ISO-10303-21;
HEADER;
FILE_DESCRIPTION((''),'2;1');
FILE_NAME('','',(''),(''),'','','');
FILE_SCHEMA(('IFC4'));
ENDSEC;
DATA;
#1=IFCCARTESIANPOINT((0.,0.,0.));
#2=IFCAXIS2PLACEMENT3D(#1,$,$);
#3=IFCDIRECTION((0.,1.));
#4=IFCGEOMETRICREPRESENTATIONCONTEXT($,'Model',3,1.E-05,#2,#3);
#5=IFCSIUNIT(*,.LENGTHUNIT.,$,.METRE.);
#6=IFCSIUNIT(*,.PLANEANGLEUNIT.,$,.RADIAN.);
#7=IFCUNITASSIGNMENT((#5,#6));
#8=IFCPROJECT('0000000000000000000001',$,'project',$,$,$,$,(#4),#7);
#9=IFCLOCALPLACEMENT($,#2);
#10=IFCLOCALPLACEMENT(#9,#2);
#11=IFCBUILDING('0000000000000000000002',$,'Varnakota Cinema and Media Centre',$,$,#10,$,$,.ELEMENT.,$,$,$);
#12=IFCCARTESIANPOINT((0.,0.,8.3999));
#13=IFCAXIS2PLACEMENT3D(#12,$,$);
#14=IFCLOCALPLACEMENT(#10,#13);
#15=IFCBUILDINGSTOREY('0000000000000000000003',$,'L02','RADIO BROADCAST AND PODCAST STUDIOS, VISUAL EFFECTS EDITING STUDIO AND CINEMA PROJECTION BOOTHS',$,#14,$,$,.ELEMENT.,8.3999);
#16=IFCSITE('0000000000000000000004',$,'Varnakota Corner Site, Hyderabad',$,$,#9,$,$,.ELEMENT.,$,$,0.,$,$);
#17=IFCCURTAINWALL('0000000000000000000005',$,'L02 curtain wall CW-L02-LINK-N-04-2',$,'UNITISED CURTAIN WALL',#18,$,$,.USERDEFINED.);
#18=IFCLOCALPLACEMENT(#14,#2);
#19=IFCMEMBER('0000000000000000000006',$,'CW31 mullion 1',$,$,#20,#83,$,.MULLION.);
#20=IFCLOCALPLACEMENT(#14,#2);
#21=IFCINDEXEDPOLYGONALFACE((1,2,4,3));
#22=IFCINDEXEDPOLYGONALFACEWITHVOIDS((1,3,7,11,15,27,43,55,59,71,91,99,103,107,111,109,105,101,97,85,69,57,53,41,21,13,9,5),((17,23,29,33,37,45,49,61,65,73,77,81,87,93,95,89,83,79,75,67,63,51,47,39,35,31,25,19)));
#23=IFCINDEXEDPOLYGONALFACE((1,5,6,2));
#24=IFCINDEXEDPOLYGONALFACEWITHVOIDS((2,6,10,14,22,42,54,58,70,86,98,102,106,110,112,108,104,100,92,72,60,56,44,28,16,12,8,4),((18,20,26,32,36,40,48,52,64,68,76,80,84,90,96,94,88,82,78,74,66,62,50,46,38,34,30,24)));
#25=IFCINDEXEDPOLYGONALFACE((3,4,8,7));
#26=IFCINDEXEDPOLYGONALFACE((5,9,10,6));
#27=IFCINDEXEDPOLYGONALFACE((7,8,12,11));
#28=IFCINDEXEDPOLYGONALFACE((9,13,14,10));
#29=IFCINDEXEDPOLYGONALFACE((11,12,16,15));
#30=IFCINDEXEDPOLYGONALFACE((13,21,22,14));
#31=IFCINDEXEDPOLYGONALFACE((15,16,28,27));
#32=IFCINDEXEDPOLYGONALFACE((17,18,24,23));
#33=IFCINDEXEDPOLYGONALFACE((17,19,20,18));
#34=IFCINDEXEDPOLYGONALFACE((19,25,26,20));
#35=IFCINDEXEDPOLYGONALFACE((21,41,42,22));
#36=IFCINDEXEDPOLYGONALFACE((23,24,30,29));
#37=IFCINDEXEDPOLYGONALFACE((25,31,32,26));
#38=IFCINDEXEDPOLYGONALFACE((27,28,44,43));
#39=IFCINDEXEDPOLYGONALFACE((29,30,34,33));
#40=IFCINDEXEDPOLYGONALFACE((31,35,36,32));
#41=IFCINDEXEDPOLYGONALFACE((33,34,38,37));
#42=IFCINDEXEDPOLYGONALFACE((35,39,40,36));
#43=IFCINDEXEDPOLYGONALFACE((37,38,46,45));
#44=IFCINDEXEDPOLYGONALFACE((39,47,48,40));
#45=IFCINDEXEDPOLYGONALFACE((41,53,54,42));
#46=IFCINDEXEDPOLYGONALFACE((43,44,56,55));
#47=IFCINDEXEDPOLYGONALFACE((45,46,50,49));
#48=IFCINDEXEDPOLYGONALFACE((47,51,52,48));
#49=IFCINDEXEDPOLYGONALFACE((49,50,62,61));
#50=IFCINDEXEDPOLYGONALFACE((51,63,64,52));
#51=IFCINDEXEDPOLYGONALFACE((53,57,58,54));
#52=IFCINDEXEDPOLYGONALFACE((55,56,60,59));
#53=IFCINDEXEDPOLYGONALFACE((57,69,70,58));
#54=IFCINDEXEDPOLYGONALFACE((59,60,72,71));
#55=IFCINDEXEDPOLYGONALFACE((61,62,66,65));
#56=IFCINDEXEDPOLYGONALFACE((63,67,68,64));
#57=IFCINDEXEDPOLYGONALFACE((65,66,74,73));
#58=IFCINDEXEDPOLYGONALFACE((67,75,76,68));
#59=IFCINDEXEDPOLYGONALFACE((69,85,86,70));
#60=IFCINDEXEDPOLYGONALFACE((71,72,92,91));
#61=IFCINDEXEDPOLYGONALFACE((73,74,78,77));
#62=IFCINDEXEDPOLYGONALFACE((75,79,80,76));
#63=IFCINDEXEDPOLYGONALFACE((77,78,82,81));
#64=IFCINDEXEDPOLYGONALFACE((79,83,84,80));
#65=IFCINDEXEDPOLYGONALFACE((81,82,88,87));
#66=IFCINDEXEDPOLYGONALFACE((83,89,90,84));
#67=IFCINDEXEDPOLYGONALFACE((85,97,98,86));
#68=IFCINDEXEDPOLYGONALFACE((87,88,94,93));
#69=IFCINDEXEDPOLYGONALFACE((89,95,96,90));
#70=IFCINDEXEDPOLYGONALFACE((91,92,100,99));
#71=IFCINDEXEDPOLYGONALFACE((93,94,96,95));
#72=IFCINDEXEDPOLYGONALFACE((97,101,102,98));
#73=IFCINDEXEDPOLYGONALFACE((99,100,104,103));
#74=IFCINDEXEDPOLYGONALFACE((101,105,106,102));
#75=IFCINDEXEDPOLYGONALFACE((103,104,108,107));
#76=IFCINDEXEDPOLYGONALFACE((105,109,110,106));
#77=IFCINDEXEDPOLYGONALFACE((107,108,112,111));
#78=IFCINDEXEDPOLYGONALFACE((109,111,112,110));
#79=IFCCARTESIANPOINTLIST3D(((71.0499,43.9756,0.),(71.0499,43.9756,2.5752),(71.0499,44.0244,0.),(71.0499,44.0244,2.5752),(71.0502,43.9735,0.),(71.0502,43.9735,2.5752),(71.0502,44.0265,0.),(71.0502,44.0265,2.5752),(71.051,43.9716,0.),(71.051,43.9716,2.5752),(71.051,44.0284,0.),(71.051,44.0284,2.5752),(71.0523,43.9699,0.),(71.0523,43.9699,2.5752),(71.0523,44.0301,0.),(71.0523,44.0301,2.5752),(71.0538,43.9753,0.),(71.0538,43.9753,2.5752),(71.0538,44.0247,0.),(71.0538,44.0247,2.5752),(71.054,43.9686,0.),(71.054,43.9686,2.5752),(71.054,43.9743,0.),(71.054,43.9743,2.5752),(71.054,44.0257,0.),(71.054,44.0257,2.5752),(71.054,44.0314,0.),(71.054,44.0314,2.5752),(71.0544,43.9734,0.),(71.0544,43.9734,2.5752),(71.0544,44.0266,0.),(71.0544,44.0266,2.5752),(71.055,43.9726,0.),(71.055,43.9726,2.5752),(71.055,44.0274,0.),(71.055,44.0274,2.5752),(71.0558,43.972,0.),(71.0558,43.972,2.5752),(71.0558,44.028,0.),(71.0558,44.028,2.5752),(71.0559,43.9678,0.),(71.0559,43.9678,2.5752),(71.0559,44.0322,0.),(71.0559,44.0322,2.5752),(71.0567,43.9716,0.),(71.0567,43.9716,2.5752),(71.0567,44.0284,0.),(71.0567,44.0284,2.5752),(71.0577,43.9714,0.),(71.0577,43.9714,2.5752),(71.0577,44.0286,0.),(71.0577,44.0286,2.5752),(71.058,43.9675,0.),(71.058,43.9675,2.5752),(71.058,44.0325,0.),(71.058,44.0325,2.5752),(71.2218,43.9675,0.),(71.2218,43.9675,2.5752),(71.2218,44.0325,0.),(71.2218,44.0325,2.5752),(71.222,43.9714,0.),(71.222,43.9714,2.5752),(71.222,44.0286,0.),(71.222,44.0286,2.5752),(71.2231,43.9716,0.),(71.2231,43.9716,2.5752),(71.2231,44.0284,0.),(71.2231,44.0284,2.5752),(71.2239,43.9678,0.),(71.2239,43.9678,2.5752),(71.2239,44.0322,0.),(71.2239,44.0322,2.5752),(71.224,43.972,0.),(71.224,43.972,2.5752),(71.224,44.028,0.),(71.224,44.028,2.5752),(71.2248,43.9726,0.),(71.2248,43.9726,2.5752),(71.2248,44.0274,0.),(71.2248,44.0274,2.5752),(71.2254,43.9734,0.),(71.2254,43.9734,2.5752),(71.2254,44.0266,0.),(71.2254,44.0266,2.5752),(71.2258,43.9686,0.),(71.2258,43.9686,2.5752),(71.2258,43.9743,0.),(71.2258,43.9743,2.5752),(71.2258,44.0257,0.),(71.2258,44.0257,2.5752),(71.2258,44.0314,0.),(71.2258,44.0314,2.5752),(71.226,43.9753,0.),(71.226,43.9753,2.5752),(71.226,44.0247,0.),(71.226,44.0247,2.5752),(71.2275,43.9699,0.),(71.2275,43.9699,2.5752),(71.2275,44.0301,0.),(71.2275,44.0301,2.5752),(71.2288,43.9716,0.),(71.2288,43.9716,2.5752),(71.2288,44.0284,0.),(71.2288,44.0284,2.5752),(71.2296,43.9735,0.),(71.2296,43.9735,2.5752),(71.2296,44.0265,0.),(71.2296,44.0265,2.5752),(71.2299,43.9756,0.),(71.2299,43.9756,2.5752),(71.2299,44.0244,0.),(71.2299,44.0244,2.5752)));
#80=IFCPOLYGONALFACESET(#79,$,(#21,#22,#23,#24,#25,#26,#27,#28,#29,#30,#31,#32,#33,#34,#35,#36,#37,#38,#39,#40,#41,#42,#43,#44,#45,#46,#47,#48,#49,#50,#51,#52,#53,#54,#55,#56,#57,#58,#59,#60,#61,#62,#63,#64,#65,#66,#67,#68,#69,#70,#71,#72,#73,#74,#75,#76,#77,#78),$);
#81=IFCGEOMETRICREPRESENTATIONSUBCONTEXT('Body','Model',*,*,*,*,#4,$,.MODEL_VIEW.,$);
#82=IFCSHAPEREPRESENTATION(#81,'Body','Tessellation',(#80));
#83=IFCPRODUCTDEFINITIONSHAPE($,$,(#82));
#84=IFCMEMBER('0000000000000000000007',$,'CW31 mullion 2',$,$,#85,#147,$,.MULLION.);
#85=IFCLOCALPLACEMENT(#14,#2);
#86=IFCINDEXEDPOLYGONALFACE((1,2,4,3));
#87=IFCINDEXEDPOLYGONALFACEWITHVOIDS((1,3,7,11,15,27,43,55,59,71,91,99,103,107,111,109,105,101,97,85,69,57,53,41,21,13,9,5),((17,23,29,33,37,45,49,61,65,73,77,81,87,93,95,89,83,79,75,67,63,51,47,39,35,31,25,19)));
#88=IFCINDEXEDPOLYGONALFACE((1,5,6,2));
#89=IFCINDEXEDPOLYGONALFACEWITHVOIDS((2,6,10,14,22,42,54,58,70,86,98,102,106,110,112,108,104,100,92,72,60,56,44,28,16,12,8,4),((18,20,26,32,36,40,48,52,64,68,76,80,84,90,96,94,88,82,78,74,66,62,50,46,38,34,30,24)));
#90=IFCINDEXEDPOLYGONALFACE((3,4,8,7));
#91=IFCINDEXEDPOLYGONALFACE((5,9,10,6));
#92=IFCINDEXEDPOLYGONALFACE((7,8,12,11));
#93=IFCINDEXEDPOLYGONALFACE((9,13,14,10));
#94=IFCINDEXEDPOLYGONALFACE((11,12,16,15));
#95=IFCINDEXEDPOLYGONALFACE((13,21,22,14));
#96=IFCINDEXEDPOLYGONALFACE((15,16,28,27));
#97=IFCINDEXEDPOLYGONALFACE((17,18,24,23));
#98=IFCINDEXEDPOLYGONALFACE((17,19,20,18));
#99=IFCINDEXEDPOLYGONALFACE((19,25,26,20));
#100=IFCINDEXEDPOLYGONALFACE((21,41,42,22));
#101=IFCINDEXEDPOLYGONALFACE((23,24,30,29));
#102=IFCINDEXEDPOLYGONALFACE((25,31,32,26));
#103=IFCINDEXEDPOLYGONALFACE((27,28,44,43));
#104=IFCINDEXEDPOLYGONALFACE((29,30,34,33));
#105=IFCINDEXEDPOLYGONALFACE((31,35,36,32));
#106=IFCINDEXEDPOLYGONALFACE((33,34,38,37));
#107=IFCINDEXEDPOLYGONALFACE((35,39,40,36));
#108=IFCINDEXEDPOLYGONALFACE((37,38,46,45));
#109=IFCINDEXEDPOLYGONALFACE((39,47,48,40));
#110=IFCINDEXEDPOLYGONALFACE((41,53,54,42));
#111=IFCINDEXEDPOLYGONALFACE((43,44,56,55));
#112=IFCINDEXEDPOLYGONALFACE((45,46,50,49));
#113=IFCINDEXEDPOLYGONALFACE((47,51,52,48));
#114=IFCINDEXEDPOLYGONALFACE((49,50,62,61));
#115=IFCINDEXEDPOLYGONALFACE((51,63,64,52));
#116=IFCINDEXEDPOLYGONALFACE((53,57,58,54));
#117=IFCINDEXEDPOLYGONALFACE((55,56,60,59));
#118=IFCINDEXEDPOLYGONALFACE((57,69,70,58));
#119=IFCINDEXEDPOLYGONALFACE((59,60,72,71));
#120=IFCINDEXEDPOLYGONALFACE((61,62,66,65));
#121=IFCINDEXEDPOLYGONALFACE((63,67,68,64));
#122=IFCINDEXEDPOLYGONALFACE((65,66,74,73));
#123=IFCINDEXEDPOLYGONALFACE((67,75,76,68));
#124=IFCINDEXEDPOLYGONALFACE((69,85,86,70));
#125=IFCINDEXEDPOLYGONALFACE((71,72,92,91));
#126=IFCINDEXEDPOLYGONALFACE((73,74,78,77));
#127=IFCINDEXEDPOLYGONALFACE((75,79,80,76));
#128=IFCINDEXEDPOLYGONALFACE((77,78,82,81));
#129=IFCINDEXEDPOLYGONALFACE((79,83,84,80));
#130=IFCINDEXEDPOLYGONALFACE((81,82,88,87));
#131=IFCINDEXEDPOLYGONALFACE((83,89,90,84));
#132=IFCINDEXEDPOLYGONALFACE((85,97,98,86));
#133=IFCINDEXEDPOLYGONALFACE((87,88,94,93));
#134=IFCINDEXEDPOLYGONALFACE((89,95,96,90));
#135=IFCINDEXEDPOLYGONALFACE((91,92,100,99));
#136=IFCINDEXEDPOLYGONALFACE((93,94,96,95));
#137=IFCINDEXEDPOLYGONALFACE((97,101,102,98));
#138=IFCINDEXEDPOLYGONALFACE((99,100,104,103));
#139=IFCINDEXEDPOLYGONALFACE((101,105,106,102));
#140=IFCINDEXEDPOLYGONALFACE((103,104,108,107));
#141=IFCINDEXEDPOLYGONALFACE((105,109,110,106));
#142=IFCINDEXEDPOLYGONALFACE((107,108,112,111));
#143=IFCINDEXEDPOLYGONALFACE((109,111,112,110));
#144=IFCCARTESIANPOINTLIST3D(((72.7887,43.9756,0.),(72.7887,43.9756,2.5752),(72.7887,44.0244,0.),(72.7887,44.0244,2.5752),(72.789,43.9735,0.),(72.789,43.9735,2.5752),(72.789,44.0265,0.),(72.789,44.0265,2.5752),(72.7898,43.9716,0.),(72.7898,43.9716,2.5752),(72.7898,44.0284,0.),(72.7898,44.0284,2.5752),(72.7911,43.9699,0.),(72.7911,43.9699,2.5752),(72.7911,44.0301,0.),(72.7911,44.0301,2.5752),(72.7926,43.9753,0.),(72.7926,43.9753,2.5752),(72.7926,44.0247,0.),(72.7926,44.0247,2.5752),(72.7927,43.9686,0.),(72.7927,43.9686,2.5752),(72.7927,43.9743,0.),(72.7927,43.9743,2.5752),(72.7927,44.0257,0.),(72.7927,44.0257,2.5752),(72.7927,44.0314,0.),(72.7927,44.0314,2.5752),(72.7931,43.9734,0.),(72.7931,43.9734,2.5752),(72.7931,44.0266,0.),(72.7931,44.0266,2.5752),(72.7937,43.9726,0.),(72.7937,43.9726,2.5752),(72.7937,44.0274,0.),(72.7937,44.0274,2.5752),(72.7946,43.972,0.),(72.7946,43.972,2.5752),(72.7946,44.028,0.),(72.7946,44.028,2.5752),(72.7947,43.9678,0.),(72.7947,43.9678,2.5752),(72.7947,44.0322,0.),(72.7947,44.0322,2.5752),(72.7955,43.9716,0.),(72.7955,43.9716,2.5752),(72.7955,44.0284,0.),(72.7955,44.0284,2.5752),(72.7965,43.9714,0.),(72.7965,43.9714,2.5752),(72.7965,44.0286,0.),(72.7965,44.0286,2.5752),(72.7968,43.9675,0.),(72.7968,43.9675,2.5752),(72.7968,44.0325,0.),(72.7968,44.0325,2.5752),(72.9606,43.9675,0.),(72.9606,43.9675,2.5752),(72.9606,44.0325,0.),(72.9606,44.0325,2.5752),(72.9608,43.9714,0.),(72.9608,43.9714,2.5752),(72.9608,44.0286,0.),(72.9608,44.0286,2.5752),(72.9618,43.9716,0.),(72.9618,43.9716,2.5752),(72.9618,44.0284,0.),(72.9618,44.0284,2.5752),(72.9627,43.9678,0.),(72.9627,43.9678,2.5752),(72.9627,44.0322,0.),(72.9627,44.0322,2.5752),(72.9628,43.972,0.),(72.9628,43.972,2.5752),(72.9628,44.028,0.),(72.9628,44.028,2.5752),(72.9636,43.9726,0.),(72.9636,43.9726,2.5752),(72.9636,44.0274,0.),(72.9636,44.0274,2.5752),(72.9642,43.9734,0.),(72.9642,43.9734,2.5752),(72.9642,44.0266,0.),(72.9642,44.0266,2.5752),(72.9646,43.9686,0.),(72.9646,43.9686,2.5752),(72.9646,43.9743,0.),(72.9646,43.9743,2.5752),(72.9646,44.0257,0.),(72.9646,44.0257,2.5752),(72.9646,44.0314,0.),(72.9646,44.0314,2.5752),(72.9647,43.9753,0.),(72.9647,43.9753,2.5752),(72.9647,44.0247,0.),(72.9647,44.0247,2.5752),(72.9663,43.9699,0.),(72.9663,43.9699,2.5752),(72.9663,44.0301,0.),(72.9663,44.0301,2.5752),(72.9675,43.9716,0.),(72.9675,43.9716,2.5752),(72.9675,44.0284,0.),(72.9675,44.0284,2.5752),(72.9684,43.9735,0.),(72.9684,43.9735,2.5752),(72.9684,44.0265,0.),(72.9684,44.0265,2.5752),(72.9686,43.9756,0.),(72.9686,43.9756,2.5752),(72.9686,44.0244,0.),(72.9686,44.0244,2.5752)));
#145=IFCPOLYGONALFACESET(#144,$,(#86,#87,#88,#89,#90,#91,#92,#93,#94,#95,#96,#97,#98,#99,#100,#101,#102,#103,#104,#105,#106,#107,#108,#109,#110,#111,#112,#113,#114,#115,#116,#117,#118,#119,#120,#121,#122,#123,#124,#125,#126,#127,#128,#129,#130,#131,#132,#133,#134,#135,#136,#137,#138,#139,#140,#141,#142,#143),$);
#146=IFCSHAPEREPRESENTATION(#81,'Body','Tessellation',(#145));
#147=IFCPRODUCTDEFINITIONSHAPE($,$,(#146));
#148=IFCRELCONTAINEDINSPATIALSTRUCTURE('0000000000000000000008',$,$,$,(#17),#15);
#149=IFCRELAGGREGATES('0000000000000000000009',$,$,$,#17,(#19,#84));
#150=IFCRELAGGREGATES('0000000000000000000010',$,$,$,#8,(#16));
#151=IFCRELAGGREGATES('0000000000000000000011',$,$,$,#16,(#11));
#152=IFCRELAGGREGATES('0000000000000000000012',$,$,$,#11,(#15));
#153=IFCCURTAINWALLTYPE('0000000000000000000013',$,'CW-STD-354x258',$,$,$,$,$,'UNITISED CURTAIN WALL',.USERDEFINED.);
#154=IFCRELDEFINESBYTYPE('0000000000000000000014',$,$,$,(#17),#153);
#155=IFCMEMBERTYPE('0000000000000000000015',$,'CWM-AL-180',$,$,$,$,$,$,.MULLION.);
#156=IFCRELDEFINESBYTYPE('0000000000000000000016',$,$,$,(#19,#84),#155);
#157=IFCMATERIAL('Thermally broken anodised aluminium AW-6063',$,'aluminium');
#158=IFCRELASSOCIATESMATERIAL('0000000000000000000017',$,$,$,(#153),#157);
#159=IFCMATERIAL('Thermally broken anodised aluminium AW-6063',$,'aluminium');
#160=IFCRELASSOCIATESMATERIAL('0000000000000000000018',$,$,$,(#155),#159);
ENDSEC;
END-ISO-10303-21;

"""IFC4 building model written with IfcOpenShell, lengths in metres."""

from ifc_helpers import new_model, si_unit, direction, frame, origin, origin_2d, place, context, subcontext, project, spatial, hollow_rectangle, extrude, material, material_profile, profile_set, type_object, element, aggregate, save


model = new_model("IFC4")

# Units and contexts
model_context = context("Model", 3, precision=1e-05, world=origin(), true_north=direction((0.0, 1.0)))
body_context = subcontext(model_context, "Body", "Model", "MODEL_VIEW")
ifc_project = project(units=[si_unit("LENGTHUNIT", "METRE"), si_unit("PLANEANGLEUNIT", "RADIAN")], contexts=[model_context])

# Site, building, storey
site_placement = place(None, origin())
site = spatial("IfcSite", under=ifc_project, at=site_placement, Name="Varnakota Corner Site, Hyderabad", CompositionType="ELEMENT", RefElevation=0.0)
building_placement = place(site_placement, origin())
building = spatial("IfcBuilding", under=site, at=building_placement, Name="Varnakota Cinema and Media Centre", CompositionType="ELEMENT")
storey_placement = place(building_placement, frame((0.0, 0.0, 8.3999)))
storey = spatial("IfcBuildingStorey", under=building, at=storey_placement, Name="L02", Description="RADIO BROADCAST AND PODCAST STUDIOS, VISUAL EFFECTS EDITING STUDIO AND CINEMA PROJECTION BOOTHS", CompositionType="ELEMENT", Elevation=8.3999)

# Shared definitions
ifc_material_1 = material(Name="Thermally broken anodised aluminium AW-6063", Category="aluminium")
curtain_wall_type_1 = type_object("IfcCurtainWallType", Name="CW-STD-354x258", ElementType="UNITISED CURTAIN WALL", PredefinedType="USERDEFINED", material=ifc_material_1)
ifc_material_2 = material(Name="Thermally broken anodised aluminium AW-6063", Category="aluminium")
ifc_material_profile_1 = material_profile(ifc_material_2, hollow_rectangle(XDim=0.0649, YDim=0.1799, WallThickness=0.0039, InnerFilletRadius=0.0039, OuterFilletRadius=0.0081, at=origin_2d()), Name="AL-MULLION 180x65x4")
ifc_profile_set_1 = profile_set([ifc_material_profile_1], Name="Thermally broken anodised aluminium AW-6063")
member_type_1 = type_object("IfcMemberType", Name="CWM-AL-180", PredefinedType="MULLION", material=ifc_profile_set_1)

# Curtain wall, members
curtain_wall_1_placement = place(storey_placement, origin())
curtain_wall_1 = element("IfcCurtainWall", 1, at=curtain_wall_1_placement, inside=storey, type_object=curtain_wall_type_1, Name="L02 curtain wall CW-L02-LINK-N-04-2", ObjectType="UNITISED CURTAIN WALL", PredefinedType="USERDEFINED")
member_1_placement = place(storey_placement, frame((71.1399, 44.0, 0.0), z_axis=(0.0, 0.0, 1.0), x_axis=(0.0, 1.0, 0.0)))
member_1 = element("IfcMember", 2, at=member_1_placement, type_object=member_type_1, Name="CW31 mullion 1", PredefinedType="MULLION", context=body_context, shape_type="SweptSolid", body=[
    extrude(hollow_rectangle(XDim=0.0649, YDim=0.1799, WallThickness=0.0039, InnerFilletRadius=0.0039, OuterFilletRadius=0.0081, at=origin_2d()), origin(), (0.0, 0.0, 1.0), 2.5752),
])
member_2_placement = place(storey_placement, frame((72.8787, 44.0, 0.0), z_axis=(0.0, 0.0, 1.0), x_axis=(0.0, 1.0, 0.0)))
member_2 = element("IfcMember", 3, at=member_2_placement, type_object=member_type_1, Name="CW31 mullion 2", PredefinedType="MULLION", context=body_context, shape_type="SweptSolid", body=[
    extrude(hollow_rectangle(XDim=0.0649, YDim=0.1799, WallThickness=0.0039, InnerFilletRadius=0.0039, OuterFilletRadius=0.0081, at=origin_2d()), origin(), (0.0, 0.0, 1.0), 2.5752),
])

aggregate(curtain_wall_1, [member_1, member_2])

save(model, "model.ifc")
